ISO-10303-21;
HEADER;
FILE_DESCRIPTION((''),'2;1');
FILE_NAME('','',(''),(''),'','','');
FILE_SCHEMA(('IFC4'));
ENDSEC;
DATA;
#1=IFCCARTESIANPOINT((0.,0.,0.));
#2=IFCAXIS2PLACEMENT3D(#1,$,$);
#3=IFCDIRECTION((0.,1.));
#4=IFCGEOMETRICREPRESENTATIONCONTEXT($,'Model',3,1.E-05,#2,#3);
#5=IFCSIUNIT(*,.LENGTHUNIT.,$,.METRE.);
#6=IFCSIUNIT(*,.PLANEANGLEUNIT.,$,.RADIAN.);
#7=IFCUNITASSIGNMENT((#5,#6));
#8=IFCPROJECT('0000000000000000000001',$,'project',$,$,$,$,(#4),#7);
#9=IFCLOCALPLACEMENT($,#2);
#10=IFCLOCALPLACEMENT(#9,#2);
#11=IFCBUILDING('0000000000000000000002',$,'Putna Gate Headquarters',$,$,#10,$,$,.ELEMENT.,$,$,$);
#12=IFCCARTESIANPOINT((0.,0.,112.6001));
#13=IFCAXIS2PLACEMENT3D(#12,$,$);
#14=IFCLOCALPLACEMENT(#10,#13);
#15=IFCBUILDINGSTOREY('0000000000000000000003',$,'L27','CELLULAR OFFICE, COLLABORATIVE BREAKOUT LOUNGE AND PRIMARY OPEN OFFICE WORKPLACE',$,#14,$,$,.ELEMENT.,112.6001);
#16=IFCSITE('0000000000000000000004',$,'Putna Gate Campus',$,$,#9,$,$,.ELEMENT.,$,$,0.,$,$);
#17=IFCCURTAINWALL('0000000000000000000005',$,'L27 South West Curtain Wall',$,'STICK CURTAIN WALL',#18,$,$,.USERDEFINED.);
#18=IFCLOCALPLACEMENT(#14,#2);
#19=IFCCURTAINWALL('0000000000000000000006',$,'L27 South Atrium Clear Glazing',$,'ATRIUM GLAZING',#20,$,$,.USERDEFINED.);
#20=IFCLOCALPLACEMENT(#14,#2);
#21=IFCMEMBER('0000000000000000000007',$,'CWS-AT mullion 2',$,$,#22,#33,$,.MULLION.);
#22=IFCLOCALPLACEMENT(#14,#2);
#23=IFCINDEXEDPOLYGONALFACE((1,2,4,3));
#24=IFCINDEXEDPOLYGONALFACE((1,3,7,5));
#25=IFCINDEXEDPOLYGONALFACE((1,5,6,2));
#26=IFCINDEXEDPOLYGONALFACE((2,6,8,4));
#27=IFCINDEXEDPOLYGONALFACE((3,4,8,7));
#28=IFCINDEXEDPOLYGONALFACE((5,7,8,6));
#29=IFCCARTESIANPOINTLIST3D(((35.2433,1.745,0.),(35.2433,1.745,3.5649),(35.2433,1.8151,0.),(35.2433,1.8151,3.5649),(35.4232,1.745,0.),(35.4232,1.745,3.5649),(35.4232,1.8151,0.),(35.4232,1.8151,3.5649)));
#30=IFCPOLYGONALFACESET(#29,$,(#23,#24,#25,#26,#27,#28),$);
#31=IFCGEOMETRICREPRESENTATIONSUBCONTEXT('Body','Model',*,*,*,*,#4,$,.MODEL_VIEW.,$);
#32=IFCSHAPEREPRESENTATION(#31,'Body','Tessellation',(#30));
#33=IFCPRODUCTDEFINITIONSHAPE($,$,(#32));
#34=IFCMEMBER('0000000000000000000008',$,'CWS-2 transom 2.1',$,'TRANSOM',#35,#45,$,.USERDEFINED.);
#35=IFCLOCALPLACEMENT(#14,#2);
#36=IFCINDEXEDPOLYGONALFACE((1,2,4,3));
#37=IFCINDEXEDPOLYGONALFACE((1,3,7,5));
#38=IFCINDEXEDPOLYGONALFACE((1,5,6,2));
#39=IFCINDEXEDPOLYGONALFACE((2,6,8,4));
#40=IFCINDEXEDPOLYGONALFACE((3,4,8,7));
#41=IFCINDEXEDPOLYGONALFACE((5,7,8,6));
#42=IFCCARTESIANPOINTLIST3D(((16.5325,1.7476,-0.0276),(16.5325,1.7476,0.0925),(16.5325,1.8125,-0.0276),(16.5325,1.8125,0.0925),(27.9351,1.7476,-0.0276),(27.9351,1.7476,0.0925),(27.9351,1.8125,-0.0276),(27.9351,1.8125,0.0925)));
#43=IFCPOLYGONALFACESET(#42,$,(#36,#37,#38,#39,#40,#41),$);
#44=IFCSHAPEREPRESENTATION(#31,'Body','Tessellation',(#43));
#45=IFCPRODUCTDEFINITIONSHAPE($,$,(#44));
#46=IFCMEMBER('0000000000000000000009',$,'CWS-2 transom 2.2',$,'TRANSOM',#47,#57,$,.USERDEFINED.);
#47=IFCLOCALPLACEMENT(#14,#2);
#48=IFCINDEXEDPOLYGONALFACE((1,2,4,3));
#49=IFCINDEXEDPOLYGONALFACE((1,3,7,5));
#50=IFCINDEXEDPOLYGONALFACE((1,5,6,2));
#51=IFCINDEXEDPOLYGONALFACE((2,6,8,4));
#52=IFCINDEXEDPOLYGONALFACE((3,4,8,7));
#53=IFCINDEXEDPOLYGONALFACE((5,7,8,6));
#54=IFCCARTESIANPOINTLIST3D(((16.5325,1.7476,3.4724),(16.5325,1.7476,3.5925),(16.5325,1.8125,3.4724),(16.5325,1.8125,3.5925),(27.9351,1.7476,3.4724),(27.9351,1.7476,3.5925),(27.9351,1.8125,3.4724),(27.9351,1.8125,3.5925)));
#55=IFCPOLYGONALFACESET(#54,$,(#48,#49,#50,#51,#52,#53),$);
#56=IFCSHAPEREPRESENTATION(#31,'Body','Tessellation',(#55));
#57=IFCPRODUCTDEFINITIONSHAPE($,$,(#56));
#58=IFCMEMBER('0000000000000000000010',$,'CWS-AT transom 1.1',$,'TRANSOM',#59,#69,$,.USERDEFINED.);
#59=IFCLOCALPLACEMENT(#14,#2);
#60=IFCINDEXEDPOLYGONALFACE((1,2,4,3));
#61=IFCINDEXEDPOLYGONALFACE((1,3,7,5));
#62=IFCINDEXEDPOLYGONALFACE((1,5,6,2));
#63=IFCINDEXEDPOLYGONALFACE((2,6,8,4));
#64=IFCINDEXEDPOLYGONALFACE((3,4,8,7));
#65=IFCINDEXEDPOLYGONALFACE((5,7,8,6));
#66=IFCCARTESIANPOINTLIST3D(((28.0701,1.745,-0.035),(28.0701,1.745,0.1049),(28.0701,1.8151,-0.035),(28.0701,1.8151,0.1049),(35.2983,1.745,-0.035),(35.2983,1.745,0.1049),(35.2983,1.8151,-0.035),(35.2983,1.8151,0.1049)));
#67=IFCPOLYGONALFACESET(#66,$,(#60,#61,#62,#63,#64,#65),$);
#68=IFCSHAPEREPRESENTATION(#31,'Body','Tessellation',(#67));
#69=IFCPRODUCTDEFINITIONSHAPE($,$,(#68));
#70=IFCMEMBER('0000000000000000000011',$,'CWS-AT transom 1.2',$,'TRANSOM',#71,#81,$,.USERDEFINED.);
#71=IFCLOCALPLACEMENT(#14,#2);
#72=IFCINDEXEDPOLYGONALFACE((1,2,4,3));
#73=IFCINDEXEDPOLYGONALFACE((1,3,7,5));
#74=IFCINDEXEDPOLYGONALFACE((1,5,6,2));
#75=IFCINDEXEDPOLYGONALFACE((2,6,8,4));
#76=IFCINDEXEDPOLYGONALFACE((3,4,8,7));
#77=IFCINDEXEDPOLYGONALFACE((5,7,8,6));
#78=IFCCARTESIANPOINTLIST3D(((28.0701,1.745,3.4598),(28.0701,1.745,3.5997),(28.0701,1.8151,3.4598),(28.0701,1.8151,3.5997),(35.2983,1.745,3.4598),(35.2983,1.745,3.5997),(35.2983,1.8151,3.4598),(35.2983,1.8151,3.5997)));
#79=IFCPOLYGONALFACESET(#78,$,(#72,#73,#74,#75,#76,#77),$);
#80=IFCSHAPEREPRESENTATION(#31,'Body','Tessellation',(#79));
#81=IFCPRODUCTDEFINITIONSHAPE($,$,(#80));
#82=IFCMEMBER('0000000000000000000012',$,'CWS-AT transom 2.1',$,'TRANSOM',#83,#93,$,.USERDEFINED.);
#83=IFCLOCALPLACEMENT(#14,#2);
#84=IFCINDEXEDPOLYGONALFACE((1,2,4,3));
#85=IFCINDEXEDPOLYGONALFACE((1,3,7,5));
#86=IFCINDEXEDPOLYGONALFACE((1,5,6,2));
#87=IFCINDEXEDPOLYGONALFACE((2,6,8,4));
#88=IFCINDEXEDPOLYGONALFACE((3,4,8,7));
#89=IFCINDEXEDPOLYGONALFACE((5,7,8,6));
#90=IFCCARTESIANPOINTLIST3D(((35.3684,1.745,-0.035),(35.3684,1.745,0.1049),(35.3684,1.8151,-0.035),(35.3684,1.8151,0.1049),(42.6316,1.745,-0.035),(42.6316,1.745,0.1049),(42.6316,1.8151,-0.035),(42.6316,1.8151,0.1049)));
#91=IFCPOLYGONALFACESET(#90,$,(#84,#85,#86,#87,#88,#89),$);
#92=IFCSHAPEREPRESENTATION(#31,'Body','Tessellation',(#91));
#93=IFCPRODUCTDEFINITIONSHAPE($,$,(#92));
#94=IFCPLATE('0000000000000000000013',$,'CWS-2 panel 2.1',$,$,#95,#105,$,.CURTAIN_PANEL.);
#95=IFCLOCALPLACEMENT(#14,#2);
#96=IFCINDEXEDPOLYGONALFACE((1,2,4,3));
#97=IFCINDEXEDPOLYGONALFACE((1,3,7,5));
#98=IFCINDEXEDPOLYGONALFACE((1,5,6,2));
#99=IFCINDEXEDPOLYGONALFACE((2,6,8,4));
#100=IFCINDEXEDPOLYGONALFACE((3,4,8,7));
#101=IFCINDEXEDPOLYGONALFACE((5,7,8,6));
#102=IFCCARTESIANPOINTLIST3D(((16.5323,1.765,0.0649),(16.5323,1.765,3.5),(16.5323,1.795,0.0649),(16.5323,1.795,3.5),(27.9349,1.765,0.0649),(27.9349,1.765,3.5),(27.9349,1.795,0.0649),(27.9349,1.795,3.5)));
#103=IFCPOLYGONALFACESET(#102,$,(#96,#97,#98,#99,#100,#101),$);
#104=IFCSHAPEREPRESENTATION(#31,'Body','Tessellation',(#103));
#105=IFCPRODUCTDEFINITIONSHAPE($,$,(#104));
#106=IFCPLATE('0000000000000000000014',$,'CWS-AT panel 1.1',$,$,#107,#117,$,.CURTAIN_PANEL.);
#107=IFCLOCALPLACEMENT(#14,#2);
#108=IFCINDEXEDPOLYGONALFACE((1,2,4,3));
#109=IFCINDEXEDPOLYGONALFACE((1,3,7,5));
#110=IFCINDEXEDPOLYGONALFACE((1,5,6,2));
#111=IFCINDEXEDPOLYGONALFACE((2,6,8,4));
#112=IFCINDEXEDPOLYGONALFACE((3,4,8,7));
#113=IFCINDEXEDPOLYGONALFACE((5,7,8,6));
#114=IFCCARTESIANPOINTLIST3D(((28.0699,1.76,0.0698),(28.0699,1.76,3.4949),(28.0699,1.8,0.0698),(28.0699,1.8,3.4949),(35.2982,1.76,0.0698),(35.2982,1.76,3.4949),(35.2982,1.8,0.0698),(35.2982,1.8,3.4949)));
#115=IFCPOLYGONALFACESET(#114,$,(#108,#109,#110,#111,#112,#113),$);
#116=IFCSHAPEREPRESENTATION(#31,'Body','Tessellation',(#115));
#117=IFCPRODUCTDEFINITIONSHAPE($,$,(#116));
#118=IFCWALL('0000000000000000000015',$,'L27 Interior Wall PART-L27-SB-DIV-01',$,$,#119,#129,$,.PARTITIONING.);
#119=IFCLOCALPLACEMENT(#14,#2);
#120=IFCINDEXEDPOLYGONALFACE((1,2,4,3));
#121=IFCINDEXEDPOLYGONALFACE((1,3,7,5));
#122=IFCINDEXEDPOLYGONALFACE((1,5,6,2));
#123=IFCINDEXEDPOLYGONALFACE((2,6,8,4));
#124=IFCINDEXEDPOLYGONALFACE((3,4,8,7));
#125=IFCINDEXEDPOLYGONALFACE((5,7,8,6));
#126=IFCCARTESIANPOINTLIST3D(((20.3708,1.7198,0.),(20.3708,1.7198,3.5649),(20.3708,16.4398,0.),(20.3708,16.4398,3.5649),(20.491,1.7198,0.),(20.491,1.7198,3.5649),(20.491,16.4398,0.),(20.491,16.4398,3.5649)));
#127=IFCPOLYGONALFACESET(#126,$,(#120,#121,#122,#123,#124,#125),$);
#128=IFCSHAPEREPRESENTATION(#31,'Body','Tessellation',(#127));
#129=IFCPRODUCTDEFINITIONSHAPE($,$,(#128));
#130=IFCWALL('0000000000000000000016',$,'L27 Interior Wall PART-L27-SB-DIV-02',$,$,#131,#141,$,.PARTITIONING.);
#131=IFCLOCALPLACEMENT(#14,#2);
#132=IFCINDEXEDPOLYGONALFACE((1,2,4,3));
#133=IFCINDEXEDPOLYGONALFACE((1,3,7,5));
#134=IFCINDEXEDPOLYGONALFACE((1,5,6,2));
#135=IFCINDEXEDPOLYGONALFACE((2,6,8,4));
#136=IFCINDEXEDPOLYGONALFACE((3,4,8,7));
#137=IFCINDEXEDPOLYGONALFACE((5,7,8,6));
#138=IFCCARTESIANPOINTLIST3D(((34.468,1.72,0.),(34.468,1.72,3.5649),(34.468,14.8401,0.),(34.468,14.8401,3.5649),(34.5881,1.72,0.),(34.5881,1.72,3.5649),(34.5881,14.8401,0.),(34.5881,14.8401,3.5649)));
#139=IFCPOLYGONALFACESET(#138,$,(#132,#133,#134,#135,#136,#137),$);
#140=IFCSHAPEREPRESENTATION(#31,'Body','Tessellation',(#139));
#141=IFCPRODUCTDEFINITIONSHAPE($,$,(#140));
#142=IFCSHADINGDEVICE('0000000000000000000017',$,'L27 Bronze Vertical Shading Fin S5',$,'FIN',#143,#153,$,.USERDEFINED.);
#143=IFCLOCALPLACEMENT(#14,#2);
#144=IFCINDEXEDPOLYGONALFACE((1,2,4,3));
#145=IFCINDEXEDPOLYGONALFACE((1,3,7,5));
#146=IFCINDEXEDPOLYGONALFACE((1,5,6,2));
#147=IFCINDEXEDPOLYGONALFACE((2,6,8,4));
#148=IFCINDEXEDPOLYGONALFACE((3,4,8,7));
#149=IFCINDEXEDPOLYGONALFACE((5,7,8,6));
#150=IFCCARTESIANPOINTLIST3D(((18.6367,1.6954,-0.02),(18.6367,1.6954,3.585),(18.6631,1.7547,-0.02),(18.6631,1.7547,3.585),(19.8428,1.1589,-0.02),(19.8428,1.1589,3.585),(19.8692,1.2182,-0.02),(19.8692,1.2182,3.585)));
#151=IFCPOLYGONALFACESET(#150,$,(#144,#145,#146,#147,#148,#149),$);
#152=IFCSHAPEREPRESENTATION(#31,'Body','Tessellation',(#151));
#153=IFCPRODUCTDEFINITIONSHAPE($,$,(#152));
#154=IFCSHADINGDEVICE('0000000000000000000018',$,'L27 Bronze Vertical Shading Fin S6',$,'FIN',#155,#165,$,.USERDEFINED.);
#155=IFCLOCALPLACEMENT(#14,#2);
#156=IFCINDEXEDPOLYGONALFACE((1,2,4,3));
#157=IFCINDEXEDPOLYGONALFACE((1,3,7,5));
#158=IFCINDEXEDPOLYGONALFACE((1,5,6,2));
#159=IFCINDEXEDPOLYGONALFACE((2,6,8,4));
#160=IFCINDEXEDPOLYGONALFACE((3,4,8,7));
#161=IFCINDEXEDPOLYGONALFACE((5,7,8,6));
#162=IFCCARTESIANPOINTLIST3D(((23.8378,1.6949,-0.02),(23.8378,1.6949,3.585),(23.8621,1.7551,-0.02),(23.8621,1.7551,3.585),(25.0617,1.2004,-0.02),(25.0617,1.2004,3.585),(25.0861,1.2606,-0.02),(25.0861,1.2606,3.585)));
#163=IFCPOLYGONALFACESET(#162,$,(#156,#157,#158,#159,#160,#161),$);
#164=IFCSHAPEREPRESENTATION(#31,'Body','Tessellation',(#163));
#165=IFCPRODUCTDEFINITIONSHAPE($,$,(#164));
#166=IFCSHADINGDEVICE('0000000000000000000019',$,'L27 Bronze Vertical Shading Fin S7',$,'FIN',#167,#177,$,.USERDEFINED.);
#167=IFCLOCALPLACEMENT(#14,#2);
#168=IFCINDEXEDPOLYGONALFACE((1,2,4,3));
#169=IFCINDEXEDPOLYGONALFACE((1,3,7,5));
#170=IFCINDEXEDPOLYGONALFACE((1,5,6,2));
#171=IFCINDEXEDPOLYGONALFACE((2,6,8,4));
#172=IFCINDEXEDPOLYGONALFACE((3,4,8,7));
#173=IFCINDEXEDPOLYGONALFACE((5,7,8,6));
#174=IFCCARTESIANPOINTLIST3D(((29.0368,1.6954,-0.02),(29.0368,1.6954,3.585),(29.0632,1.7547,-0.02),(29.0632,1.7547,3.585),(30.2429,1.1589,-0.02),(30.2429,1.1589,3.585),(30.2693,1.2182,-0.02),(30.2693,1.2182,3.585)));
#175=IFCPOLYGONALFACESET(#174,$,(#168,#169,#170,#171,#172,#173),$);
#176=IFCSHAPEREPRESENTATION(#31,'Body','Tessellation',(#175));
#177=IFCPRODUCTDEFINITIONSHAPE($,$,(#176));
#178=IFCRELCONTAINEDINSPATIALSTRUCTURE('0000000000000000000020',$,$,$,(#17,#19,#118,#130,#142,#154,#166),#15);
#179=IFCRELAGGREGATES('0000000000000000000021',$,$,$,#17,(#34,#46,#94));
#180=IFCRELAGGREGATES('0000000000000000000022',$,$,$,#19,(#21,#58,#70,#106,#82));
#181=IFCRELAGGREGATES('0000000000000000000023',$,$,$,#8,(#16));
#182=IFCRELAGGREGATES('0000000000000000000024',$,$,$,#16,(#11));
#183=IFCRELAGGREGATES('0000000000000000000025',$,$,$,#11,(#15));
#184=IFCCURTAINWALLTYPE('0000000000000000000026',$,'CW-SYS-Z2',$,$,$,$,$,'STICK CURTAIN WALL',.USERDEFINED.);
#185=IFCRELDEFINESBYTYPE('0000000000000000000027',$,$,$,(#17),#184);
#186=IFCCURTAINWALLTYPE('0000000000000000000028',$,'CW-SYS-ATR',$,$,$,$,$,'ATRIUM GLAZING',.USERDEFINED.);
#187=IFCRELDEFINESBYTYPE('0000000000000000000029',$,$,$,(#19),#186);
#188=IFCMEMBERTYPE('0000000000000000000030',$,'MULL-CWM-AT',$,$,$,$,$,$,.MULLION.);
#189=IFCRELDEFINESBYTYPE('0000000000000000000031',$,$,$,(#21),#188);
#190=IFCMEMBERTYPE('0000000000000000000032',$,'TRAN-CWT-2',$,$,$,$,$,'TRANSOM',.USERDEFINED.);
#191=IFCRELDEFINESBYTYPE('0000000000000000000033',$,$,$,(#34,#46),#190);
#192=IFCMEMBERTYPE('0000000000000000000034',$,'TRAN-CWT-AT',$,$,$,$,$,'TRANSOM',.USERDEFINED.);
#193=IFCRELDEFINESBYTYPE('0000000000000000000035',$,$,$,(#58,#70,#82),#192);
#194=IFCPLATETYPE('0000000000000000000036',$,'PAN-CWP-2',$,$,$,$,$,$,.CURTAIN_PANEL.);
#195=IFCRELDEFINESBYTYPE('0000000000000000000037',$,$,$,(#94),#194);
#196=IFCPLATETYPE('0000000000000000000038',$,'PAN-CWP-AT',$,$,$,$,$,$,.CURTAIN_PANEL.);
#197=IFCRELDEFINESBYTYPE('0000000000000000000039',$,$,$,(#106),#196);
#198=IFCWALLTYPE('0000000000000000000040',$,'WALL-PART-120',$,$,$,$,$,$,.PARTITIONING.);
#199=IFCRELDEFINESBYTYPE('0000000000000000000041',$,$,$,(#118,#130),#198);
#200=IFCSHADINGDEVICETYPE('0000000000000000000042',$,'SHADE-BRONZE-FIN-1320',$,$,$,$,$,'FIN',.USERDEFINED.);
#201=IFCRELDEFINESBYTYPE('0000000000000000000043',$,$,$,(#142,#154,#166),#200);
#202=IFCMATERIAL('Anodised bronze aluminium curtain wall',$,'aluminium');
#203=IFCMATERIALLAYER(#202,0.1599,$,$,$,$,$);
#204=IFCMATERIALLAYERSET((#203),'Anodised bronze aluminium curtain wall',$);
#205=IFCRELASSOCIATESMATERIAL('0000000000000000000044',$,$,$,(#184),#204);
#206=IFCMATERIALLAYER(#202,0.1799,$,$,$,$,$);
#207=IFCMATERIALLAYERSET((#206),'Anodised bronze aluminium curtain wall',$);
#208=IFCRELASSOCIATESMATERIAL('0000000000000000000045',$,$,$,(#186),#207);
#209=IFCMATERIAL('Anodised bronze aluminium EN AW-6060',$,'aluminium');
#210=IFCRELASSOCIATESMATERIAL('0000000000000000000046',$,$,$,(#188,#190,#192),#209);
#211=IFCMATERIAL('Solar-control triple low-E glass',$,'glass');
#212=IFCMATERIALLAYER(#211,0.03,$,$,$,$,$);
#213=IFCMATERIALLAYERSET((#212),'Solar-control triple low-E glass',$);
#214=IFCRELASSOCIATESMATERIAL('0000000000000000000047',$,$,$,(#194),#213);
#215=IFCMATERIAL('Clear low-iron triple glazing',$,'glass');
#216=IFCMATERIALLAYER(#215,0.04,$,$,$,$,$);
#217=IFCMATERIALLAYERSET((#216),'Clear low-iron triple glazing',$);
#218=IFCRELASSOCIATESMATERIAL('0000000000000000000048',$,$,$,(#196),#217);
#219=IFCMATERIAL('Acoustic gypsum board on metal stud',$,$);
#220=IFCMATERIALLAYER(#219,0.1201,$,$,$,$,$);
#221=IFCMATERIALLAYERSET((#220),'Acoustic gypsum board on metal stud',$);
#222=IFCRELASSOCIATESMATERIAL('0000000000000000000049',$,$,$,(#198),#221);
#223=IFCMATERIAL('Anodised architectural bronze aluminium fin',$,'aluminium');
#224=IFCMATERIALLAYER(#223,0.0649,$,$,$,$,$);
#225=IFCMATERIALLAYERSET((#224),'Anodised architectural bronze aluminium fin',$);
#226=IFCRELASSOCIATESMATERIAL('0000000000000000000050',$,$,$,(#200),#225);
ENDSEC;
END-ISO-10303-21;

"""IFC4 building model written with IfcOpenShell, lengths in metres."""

from ifc_helpers import new_model, si_unit, direction, frame, frame_2d, origin, origin_2d, place, context, subcontext, project, spatial, rectangle, extrude, material, layer, layer_set, material_profile, profile_set, type_object, element, aggregate, save


model = new_model("IFC4")

# Units and contexts
model_context = context("Model", 3, precision=1e-05, world=origin(), true_north=direction((0.0, 1.0)))
body_context = subcontext(model_context, "Body", "Model", "MODEL_VIEW")
ifc_project = project(units=[si_unit("LENGTHUNIT", "METRE"), si_unit("PLANEANGLEUNIT", "RADIAN")], contexts=[model_context])

# Site, building, storey
site_placement = place(None, origin())
site = spatial("IfcSite", under=ifc_project, at=site_placement, Name="Putna Gate Campus", CompositionType="ELEMENT", RefElevation=0.0)
building_placement = place(site_placement, origin())
building = spatial("IfcBuilding", under=site, at=building_placement, Name="Putna Gate Headquarters", CompositionType="ELEMENT")
storey_placement = place(building_placement, frame((0.0, 0.0, 112.6001)))
storey = spatial("IfcBuildingStorey", under=building, at=storey_placement, Name="L27", Description="CELLULAR OFFICE, COLLABORATIVE BREAKOUT LOUNGE AND PRIMARY OPEN OFFICE WORKPLACE", CompositionType="ELEMENT", Elevation=112.6001)

# Curtain walls, member
ifc_material_1 = material(Name="Anodised bronze aluminium curtain wall", Category="aluminium")
ifc_layer_1 = layer(ifc_material_1, 0.1599)
ifc_layer_set_1 = layer_set([ifc_layer_1], Name="Anodised bronze aluminium curtain wall")
curtain_wall_type_1 = type_object("IfcCurtainWallType", Name="CW-SYS-Z2", ElementType="STICK CURTAIN WALL", PredefinedType="USERDEFINED", material=ifc_layer_set_1)
curtain_wall_1_placement = place(storey_placement, origin())
curtain_wall_1 = element("IfcCurtainWall", 1, at=curtain_wall_1_placement, inside=storey, type_object=curtain_wall_type_1, Name="L27 South West Curtain Wall", ObjectType="STICK CURTAIN WALL", PredefinedType="USERDEFINED")
ifc_material_2 = material(Name="Anodised bronze aluminium EN AW-6060", Category="aluminium")
ifc_layer_2 = layer(ifc_material_1, 0.1799)
ifc_layer_set_2 = layer_set([ifc_layer_2], Name="Anodised bronze aluminium curtain wall")
curtain_wall_type_2 = type_object("IfcCurtainWallType", Name="CW-SYS-ATR", ElementType="ATRIUM GLAZING", PredefinedType="USERDEFINED", material=ifc_layer_set_2)
curtain_wall_2_placement = place(storey_placement, origin())
curtain_wall_2 = element("IfcCurtainWall", 2, at=curtain_wall_2_placement, inside=storey, type_object=curtain_wall_type_2, Name="L27 South Atrium Clear Glazing", ObjectType="ATRIUM GLAZING", PredefinedType="USERDEFINED")
ifc_material_profile_1 = material_profile(ifc_material_2, rectangle(XDim=0.0701, YDim=0.1799, at=origin_2d()), Name="Anodised bronze aluminium EN AW-6060")
ifc_profile_set_1 = profile_set([ifc_material_profile_1], Name="Anodised bronze aluminium EN AW-6060")
member_type_1 = type_object("IfcMemberType", Name="MULL-CWM-AT", PredefinedType="MULLION", material=ifc_profile_set_1)
member_1_placement = place(storey_placement, frame((35.3333, 1.78, 0.0), z_axis=(0.0, 0.0, 1.0), x_axis=(0.0, 1.0, 0.0)))
member_1 = element("IfcMember", 3, at=member_1_placement, type_object=member_type_1, Name="CWS-AT mullion 2", PredefinedType="MULLION", context=body_context, shape_type="SweptSolid", body=[
    extrude(rectangle(XDim=0.0701, YDim=0.1799, at=origin_2d()), origin(), (0.0, 0.0, 1.0), 3.5649),
])

# Members
ifc_material_profile_2 = material_profile(ifc_material_2, rectangle(XDim=0.0649, YDim=0.1201, at=origin_2d()), Name="Anodised bronze aluminium EN AW-6060")
ifc_profile_set_2 = profile_set([ifc_material_profile_2], Name="Anodised bronze aluminium EN AW-6060")
member_type_2 = type_object("IfcMemberType", Name="TRAN-CWT-2", ElementType="TRANSOM", PredefinedType="USERDEFINED", material=ifc_profile_set_2)
member_2_placement = place(storey_placement, frame((16.5325, 1.78, 0.0325), z_axis=(1.0, 0.0, 0.0), x_axis=(0.0, 1.0, 0.0)))
member_2 = element("IfcMember", 4, at=member_2_placement, type_object=member_type_2, Name="CWS-2 transom 2.1", ObjectType="TRANSOM", PredefinedType="USERDEFINED", context=body_context, shape_type="SweptSolid", body=[
    extrude(rectangle(XDim=0.0649, YDim=0.1201, at=origin_2d()), origin(), (0.0, 0.0, 1.0), 11.4026),
])
member_3_placement = place(storey_placement, frame((16.5325, 1.78, 3.5325), z_axis=(1.0, 0.0, 0.0), x_axis=(0.0, 1.0, 0.0)))
member_3 = element("IfcMember", 5, at=member_3_placement, type_object=member_type_2, Name="CWS-2 transom 2.2", ObjectType="TRANSOM", PredefinedType="USERDEFINED", context=body_context, shape_type="SweptSolid", body=[
    extrude(rectangle(XDim=0.0649, YDim=0.1201, at=origin_2d()), origin(), (0.0, 0.0, 1.0), 11.4026),
])
ifc_material_profile_3 = material_profile(ifc_material_2, rectangle(XDim=0.0701, YDim=0.1399, at=origin_2d()), Name="Anodised bronze aluminium EN AW-6060")
ifc_profile_set_3 = profile_set([ifc_material_profile_3], Name="Anodised bronze aluminium EN AW-6060")
member_type_3 = type_object("IfcMemberType", Name="TRAN-CWT-AT", ElementType="TRANSOM", PredefinedType="USERDEFINED", material=ifc_profile_set_3)
member_4_placement = place(storey_placement, frame((28.0701, 1.78, 0.0349), z_axis=(1.0, 0.0, 0.0), x_axis=(0.0, 1.0, 0.0)))
member_4 = element("IfcMember", 6, at=member_4_placement, type_object=member_type_3, Name="CWS-AT transom 1.1", ObjectType="TRANSOM", PredefinedType="USERDEFINED", context=body_context, shape_type="SweptSolid", body=[
    extrude(rectangle(XDim=0.0701, YDim=0.1399, at=origin_2d()), origin(), (0.0, 0.0, 1.0), 7.2283),
])
member_5_placement = place(storey_placement, frame((28.0701, 1.78, 3.5298), z_axis=(1.0, 0.0, 0.0), x_axis=(0.0, 1.0, 0.0)))
member_5 = element("IfcMember", 7, at=member_5_placement, type_object=member_type_3, Name="CWS-AT transom 1.2", ObjectType="TRANSOM", PredefinedType="USERDEFINED", context=body_context, shape_type="SweptSolid", body=[
    extrude(rectangle(XDim=0.0701, YDim=0.1399, at=origin_2d()), origin(), (0.0, 0.0, 1.0), 7.2283),
])
member_6_placement = place(storey_placement, frame((35.3684, 1.78, 0.0349), z_axis=(1.0, 0.0, 0.0), x_axis=(0.0, 1.0, 0.0)))
member_6 = element("IfcMember", 8, at=member_6_placement, type_object=member_type_3, Name="CWS-AT transom 2.1", ObjectType="TRANSOM", PredefinedType="USERDEFINED", context=body_context, shape_type="SweptSolid", body=[
    extrude(rectangle(XDim=0.0701, YDim=0.1399, at=origin_2d()), origin(), (0.0, 0.0, 1.0), 7.2632),
])

# Plates
ifc_material_3 = material(Name="Solar-control triple low-E glass", Category="glass")
ifc_layer_3 = layer(ifc_material_3, 0.03)
ifc_layer_set_3 = layer_set([ifc_layer_3], Name="Solar-control triple low-E glass")
plate_type_1 = type_object("IfcPlateType", Name="PAN-CWP-2", PredefinedType="CURTAIN_PANEL", material=ifc_layer_set_3)
plate_1_placement = place(storey_placement, frame((22.2336, 1.78, 0.0649), z_axis=(0.0, 0.0, 1.0), x_axis=(1.0, 0.0, 0.0)))
plate_1 = element("IfcPlate", 9, at=plate_1_placement, type_object=plate_type_1, Name="CWS-2 panel 2.1", PredefinedType="CURTAIN_PANEL", context=body_context, shape_type="SweptSolid", body=[
    extrude(rectangle(XDim=11.4026, YDim=0.03, at=origin_2d()), origin(), (0.0, 0.0, 1.0), 3.4351),
])
aggregate(curtain_wall_1, [member_2, member_3, plate_1])
ifc_material_4 = material(Name="Clear low-iron triple glazing", Category="glass")
ifc_layer_4 = layer(ifc_material_4, 0.04)
ifc_layer_set_4 = layer_set([ifc_layer_4], Name="Clear low-iron triple glazing")
plate_type_2 = type_object("IfcPlateType", Name="PAN-CWP-AT", PredefinedType="CURTAIN_PANEL", material=ifc_layer_set_4)
plate_2_placement = place(storey_placement, frame((31.6841, 1.78, 0.0698), z_axis=(0.0, 0.0, 1.0), x_axis=(1.0, 0.0, 0.0)))
plate_2 = element("IfcPlate", 10, at=plate_2_placement, type_object=plate_type_2, Name="CWS-AT panel 1.1", PredefinedType="CURTAIN_PANEL", context=body_context, shape_type="SweptSolid", body=[
    extrude(rectangle(XDim=7.2283, YDim=0.04, at=origin_2d()), origin(), (0.0, 0.0, 1.0), 3.425),
])
aggregate(curtain_wall_2, [member_1, member_4, member_5, plate_2, member_6])

# Walls
ifc_material_5 = material(Name="Acoustic gypsum board on metal stud")
ifc_layer_5 = layer(ifc_material_5, 0.1201)
ifc_layer_set_5 = layer_set([ifc_layer_5], Name="Acoustic gypsum board on metal stud")
wall_type = type_object("IfcWallType", Name="WALL-PART-120", PredefinedType="PARTITIONING", material=ifc_layer_set_5)
wall_1_placement = place(storey_placement, frame((20.4309, 1.72, 0.0), z_axis=(0.0, 0.0, 1.0), x_axis=(0.0, 1.0, 0.0)))
element("IfcWall", 11, at=wall_1_placement, inside=storey, type_object=wall_type, Name="L27 Interior Wall PART-L27-SB-DIV-01", PredefinedType="PARTITIONING", context=body_context, shape_type="SweptSolid", body=[
    extrude(rectangle(XDim=14.72, YDim=0.1201, at=frame_2d((7.3599, 0.0))), origin(), (0.0, 0.0, 1.0), 3.5649),
])
wall_2_placement = place(storey_placement, frame((34.5281, 1.72, 0.0), z_axis=(0.0, 0.0, 1.0), x_axis=(0.0, 1.0, 0.0)))
element("IfcWall", 12, at=wall_2_placement, inside=storey, type_object=wall_type, Name="L27 Interior Wall PART-L27-SB-DIV-02", PredefinedType="PARTITIONING", context=body_context, shape_type="SweptSolid", body=[
    extrude(rectangle(XDim=13.1201, YDim=0.1201, at=frame_2d((6.5601, 0.0))), origin(), (0.0, 0.0, 1.0), 3.5649),
])

# Shading devices
ifc_material_6 = material(Name="Anodised architectural bronze aluminium fin", Category="aluminium")
ifc_layer_6 = layer(ifc_material_6, 0.0649)
ifc_layer_set_6 = layer_set([ifc_layer_6], Name="Anodised architectural bronze aluminium fin")
shading_device_type = type_object("IfcShadingDeviceType", Name="SHADE-BRONZE-FIN-1320", ElementType="FIN", PredefinedType="USERDEFINED", material=ifc_layer_set_6)
for number, where, z_axis, x_axis, name in (
    (13, (19.2529, 1.4568, -0.02), (0.0, 0.0, 1.0), (0.913687, -0.406418, 0.0), "L27 Bronze Vertical Shading Fin S5"),
    (14, (24.4619, 1.4778, -0.02), (0.0, 0.0, 1.0), (0.927184, -0.374607, 0.0), "L27 Bronze Vertical Shading Fin S6"),
    (15, (29.6531, 1.4568, -0.02), (0.0, 0.0, 1.0), (0.913687, -0.406418, 0.0), "L27 Bronze Vertical Shading Fin S7"),
):
    element("IfcShadingDevice", number, at=place(storey_placement, frame(where, z_axis=z_axis, x_axis=x_axis)), inside=storey, type_object=shading_device_type, Name=name, ObjectType="FIN", PredefinedType="USERDEFINED", context=body_context, shape_type="SweptSolid", body=[
        extrude(rectangle(XDim=1.3201, YDim=0.0649, at=origin_2d()), origin(), (0.0, 0.0, 1.0), 3.605),
    ])

save(model, "model.ifc")
